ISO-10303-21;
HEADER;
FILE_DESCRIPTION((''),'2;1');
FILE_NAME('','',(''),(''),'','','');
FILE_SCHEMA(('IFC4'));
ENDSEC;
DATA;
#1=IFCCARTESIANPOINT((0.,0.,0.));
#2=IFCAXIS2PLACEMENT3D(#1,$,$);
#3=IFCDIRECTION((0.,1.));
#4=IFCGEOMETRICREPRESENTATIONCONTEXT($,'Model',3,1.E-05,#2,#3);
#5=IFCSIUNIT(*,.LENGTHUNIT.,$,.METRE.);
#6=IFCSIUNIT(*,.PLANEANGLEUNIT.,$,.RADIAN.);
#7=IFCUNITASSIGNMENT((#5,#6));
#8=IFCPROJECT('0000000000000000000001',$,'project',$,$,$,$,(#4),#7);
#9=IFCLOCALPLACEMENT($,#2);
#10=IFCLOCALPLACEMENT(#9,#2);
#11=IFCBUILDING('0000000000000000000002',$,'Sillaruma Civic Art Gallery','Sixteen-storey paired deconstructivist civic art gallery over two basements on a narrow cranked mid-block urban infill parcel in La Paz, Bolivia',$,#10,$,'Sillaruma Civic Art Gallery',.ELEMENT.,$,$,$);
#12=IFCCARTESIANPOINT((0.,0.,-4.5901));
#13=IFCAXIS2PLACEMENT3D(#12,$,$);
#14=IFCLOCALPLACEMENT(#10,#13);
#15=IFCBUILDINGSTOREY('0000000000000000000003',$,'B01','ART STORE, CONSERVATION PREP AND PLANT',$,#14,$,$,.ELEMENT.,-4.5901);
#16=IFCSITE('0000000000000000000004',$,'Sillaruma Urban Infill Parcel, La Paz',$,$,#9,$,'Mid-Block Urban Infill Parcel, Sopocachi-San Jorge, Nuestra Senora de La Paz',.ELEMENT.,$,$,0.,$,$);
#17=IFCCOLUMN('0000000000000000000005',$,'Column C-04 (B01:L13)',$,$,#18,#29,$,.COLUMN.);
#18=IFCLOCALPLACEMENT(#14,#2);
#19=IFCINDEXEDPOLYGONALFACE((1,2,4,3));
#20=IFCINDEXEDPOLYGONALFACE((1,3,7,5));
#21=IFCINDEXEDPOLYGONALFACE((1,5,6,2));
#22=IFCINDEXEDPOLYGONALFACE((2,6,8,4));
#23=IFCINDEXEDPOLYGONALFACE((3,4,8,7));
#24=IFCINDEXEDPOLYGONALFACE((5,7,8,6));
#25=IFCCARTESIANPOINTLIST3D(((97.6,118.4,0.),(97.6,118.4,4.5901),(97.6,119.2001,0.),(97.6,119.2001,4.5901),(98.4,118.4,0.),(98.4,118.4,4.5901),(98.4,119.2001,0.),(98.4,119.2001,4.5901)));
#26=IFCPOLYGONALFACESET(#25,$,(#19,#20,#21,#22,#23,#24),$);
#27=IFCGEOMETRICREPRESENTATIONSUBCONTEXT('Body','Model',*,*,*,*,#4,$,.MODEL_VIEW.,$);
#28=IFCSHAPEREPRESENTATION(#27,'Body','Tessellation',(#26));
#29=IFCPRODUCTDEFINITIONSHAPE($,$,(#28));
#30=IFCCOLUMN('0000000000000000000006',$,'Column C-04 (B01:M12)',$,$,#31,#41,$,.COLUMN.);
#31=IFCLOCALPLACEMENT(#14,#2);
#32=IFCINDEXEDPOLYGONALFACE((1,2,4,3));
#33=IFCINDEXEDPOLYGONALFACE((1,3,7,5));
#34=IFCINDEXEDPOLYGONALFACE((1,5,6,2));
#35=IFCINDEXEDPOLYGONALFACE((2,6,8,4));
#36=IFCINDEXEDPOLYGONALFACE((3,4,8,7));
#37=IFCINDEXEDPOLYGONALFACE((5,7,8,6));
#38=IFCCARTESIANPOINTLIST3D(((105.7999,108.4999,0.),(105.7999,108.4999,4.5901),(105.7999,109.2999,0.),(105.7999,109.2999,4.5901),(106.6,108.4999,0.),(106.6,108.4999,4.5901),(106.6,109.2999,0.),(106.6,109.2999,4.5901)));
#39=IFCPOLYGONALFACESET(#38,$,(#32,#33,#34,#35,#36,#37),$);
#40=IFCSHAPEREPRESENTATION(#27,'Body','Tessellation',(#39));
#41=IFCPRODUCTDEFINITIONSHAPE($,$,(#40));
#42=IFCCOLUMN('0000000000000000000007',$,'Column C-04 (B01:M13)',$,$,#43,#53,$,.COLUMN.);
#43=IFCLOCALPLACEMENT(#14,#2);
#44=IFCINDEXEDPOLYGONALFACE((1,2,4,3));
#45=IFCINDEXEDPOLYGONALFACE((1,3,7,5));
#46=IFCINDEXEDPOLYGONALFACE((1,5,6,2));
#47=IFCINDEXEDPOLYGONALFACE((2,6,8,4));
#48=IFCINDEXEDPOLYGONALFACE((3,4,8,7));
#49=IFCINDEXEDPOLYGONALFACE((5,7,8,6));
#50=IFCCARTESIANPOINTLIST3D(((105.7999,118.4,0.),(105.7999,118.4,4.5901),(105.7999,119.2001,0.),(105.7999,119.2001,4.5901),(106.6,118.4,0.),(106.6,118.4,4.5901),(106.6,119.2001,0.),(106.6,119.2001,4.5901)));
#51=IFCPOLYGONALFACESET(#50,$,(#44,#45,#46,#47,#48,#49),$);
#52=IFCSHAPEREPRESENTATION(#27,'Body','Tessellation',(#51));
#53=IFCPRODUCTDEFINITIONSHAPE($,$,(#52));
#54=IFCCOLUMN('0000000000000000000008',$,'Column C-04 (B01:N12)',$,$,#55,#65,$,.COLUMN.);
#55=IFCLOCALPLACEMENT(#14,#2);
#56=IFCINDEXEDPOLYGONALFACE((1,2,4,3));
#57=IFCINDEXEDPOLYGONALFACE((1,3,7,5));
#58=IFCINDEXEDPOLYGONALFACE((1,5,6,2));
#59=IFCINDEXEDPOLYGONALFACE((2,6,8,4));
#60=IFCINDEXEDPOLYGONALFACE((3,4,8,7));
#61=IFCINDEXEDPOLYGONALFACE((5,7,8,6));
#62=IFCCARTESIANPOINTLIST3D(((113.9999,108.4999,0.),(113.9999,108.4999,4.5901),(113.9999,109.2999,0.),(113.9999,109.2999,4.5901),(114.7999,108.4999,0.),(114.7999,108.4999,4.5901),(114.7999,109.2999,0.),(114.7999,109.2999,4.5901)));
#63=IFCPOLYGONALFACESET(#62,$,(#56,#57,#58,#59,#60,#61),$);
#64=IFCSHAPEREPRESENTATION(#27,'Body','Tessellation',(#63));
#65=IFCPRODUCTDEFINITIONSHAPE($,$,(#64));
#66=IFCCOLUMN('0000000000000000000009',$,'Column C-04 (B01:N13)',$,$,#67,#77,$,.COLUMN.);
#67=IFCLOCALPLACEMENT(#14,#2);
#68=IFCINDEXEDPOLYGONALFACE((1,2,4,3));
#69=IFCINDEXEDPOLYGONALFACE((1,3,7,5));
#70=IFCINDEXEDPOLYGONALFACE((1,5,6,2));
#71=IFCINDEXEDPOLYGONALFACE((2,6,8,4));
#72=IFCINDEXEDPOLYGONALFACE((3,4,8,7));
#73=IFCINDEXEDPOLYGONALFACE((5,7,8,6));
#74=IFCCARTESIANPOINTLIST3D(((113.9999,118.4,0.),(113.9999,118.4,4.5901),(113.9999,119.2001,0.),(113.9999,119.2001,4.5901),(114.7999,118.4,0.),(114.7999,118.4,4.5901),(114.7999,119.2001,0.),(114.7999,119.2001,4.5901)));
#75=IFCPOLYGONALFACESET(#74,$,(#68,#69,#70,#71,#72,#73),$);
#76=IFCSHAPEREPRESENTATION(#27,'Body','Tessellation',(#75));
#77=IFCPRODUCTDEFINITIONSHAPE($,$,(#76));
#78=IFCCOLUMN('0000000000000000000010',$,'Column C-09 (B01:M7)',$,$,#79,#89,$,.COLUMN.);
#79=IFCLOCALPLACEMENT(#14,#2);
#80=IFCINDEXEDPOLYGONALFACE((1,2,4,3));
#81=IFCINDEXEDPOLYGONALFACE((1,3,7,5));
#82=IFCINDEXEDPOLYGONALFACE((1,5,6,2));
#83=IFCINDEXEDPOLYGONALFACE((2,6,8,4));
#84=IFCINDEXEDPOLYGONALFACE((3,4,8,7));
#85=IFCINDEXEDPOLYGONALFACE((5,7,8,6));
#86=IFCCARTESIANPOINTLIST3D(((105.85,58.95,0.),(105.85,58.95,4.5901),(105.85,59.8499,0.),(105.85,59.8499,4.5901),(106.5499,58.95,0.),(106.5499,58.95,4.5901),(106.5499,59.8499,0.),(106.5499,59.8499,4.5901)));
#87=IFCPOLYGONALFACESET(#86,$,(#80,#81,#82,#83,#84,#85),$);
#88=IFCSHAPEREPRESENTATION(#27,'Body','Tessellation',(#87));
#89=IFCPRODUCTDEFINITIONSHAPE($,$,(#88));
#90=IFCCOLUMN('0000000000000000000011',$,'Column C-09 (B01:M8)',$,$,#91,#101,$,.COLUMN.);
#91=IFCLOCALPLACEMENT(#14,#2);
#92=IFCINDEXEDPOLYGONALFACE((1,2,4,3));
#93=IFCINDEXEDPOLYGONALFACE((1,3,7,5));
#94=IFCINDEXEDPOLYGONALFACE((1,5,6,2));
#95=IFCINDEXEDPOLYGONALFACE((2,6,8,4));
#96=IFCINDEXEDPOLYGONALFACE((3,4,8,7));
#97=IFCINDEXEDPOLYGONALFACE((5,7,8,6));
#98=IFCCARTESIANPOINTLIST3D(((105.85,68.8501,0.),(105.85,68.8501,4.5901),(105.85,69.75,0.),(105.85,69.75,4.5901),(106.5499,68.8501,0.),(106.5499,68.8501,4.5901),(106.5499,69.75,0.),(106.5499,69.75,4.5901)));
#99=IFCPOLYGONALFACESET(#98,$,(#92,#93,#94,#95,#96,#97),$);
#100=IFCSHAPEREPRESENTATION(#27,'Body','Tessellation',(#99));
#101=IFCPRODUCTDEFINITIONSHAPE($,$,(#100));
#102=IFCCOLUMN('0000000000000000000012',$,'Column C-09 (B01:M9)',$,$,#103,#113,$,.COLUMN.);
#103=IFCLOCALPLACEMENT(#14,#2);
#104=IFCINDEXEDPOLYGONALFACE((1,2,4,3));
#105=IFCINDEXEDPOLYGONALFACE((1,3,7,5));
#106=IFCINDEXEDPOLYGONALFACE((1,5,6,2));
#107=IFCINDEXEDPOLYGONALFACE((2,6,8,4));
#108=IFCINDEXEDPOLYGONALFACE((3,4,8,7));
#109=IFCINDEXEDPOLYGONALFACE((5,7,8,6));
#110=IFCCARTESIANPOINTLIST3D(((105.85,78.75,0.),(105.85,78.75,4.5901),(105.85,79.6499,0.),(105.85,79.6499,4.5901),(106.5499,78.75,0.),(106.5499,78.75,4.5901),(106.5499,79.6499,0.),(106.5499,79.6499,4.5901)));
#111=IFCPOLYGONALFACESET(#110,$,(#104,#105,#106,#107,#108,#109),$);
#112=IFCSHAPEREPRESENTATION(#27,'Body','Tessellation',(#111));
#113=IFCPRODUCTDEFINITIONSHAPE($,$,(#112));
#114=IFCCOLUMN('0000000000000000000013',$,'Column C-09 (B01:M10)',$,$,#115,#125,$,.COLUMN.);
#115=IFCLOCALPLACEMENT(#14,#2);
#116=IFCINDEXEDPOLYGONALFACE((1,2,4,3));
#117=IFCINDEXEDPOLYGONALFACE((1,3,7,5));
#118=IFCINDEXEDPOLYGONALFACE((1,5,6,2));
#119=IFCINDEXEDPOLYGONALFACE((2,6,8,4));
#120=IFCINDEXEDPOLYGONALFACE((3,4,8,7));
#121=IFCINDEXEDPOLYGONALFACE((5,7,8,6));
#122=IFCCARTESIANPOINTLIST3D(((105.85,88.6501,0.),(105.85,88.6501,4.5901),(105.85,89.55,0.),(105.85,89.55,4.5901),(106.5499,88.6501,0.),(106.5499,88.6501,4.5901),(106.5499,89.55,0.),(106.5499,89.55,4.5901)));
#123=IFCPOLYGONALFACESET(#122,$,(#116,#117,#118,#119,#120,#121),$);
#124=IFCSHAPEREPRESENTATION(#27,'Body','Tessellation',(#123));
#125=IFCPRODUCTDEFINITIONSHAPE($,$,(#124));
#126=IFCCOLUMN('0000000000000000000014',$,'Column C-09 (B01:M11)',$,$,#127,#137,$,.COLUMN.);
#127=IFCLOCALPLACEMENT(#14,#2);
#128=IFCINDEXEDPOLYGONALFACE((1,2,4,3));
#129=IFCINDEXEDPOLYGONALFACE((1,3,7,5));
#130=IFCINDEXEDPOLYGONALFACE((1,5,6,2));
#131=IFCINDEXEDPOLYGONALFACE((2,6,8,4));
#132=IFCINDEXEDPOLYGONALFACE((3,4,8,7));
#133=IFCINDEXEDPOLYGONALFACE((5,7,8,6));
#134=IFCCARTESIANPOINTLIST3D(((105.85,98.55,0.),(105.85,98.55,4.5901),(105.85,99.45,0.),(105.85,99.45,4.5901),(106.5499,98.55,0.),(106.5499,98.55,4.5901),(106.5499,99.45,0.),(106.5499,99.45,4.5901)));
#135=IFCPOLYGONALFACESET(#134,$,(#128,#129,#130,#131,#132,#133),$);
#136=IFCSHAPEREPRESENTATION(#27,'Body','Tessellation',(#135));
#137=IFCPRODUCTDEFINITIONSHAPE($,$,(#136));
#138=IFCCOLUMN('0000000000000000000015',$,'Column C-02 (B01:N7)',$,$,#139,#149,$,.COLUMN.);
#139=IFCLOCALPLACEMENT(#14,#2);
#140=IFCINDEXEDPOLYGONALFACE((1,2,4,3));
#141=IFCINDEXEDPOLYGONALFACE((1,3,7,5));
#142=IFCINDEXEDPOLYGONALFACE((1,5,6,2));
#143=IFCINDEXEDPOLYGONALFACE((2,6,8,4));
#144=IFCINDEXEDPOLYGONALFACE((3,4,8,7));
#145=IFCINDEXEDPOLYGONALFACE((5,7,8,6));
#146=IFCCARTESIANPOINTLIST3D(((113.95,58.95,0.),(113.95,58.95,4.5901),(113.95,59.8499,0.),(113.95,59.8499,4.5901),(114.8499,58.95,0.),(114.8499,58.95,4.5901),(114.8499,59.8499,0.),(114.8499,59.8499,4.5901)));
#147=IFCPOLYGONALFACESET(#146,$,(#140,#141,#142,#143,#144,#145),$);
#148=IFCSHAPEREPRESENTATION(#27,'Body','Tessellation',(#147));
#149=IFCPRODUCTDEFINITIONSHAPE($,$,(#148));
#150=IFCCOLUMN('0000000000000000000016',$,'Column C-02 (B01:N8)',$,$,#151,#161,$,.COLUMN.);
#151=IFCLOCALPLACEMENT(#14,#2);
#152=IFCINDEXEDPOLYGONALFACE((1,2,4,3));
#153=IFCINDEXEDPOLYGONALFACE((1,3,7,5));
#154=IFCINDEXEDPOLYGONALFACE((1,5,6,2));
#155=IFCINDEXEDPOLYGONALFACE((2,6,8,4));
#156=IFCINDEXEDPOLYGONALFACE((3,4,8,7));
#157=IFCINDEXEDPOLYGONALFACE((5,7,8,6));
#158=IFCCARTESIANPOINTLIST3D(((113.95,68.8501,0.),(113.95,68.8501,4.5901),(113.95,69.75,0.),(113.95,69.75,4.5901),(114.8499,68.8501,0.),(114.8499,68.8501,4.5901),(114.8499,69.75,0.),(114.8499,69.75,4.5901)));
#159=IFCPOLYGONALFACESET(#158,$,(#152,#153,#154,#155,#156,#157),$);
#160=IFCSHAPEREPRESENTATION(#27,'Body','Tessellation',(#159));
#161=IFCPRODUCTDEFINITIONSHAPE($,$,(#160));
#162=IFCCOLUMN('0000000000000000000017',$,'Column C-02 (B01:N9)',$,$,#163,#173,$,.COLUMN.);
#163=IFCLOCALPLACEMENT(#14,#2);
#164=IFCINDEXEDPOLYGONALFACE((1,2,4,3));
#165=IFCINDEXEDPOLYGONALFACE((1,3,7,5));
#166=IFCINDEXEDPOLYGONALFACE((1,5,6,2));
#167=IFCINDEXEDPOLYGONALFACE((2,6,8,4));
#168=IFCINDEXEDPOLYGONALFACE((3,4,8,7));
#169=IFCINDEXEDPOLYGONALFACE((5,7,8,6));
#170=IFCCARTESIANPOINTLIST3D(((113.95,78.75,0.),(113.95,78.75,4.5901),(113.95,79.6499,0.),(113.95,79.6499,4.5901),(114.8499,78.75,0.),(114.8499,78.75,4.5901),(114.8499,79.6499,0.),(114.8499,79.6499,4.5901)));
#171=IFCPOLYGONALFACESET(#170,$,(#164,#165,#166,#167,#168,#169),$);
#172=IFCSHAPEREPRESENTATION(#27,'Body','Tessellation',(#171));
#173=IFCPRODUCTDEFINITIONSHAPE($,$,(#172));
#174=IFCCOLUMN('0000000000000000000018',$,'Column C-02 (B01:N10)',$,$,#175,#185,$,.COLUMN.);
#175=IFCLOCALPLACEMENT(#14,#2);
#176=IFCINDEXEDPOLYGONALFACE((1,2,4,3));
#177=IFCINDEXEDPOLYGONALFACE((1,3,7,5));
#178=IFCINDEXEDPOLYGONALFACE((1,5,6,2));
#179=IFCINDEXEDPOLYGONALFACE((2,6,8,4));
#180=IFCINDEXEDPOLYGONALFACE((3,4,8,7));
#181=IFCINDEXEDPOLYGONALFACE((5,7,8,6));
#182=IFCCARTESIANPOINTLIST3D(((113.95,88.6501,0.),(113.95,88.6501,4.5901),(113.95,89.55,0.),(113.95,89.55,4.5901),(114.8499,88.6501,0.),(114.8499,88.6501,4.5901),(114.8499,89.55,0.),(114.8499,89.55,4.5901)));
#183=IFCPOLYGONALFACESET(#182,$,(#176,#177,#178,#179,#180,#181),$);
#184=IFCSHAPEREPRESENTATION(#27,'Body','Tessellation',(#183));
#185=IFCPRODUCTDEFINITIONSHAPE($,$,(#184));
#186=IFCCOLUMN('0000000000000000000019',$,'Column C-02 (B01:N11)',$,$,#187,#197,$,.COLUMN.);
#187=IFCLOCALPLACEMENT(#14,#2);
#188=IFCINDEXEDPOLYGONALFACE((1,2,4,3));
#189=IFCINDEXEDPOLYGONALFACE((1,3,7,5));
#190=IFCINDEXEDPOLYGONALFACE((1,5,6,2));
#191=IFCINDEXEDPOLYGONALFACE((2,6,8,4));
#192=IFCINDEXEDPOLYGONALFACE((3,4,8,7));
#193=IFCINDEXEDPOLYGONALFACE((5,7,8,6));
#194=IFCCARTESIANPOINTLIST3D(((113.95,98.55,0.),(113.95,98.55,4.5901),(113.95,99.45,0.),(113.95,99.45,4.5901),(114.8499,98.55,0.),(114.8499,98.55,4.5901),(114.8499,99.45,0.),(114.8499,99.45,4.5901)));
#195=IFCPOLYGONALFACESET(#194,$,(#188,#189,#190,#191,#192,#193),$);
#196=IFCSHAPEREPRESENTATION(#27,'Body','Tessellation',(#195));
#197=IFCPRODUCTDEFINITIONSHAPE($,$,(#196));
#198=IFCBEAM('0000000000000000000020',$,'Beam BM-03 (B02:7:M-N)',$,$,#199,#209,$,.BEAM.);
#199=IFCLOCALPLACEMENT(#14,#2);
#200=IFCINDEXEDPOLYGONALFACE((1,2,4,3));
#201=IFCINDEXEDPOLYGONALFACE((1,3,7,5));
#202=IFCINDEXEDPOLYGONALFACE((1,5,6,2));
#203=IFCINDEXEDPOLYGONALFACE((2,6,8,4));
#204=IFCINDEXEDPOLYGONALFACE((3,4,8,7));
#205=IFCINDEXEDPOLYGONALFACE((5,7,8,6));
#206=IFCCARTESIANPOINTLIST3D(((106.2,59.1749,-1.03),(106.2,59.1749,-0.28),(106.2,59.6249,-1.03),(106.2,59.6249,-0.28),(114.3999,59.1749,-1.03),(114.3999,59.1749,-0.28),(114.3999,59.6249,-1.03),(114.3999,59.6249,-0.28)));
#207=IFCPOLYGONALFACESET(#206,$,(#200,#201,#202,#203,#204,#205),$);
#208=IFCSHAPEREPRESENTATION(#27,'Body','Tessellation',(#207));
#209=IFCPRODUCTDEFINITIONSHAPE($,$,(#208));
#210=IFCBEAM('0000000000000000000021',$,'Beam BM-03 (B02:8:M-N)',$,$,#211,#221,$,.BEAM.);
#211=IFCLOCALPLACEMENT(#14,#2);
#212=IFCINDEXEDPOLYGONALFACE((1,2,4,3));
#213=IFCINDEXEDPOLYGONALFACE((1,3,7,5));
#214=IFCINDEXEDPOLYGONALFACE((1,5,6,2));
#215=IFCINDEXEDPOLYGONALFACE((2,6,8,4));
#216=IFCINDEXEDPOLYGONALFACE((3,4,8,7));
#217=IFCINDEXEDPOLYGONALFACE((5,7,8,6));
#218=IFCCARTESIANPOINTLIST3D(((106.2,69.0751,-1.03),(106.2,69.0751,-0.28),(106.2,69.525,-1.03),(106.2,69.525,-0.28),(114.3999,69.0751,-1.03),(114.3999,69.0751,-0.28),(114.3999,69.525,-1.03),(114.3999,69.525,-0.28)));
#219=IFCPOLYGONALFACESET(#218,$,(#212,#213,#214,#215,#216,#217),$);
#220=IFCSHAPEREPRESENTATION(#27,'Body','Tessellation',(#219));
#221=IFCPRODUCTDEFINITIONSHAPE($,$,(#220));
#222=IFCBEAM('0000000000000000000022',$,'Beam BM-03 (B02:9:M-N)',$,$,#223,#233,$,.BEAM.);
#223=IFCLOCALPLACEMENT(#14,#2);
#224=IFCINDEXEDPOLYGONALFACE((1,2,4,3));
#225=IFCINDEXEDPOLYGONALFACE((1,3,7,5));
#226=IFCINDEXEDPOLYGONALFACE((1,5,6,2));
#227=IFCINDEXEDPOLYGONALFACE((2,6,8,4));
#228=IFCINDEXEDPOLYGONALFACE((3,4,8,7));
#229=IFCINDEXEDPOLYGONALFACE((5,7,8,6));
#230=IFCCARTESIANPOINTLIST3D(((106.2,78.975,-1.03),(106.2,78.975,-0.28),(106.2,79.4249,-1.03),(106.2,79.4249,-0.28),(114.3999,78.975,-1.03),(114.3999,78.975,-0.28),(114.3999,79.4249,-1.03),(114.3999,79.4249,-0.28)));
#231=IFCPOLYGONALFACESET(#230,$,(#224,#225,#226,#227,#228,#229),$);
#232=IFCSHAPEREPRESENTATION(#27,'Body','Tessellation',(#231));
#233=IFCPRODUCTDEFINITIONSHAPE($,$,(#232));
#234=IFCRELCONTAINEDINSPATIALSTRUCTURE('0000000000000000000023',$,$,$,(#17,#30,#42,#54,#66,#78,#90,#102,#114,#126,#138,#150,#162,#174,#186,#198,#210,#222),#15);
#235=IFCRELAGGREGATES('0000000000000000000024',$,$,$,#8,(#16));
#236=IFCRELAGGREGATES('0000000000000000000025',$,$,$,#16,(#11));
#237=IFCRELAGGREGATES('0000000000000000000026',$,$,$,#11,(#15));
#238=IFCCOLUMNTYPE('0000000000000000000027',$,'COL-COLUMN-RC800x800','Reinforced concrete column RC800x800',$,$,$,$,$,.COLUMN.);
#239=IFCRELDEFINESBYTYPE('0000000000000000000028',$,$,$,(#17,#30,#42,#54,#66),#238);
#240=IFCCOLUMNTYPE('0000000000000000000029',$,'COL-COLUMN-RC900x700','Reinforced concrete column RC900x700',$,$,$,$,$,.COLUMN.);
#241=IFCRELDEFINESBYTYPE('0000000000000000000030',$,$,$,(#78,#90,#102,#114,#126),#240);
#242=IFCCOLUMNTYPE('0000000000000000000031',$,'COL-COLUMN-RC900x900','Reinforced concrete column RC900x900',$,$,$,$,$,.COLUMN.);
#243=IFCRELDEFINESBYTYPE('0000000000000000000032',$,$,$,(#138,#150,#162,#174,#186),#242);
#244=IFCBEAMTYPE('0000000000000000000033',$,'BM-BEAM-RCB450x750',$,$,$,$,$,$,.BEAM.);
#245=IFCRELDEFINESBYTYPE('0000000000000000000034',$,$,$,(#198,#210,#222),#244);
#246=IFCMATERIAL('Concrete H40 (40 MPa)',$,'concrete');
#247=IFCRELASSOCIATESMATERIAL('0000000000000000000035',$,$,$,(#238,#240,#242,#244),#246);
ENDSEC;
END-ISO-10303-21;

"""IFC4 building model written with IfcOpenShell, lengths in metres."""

from ifc_helpers import new_model, si_unit, direction, frame, origin, origin_2d, place, context, subcontext, project, spatial, rectangle, extrude, material, material_profile, profile_set, type_object, element, save


model = new_model("IFC4")

# Units and contexts
model_context = context("Model", 3, precision=1e-05, world=origin(), true_north=direction((0.0, 1.0)))
body_context = subcontext(model_context, "Body", "Model", "MODEL_VIEW")
ifc_project = project(units=[si_unit("LENGTHUNIT", "METRE"), si_unit("PLANEANGLEUNIT", "RADIAN")], contexts=[model_context])

# Site, building, storey
site_placement = place(None, origin())
site = spatial("IfcSite", under=ifc_project, at=site_placement, Name="Sillaruma Urban Infill Parcel, La Paz", LongName="Mid-Block Urban Infill Parcel, Sopocachi-San Jorge, Nuestra Senora de La Paz", CompositionType="ELEMENT", RefElevation=0.0)
building_placement = place(site_placement, origin())
building = spatial("IfcBuilding", under=site, at=building_placement, Name="Sillaruma Civic Art Gallery", Description="Sixteen-storey paired deconstructivist civic art gallery over two basements on a narrow cranked mid-block urban infill parcel in La Paz, Bolivia", LongName="Sillaruma Civic Art Gallery", CompositionType="ELEMENT")
storey_placement = place(building_placement, frame((0.0, 0.0, -4.5901)))
storey = spatial("IfcBuildingStorey", under=building, at=storey_placement, Name="B01", Description="ART STORE, CONSERVATION PREP AND PLANT", CompositionType="ELEMENT", Elevation=-4.5901)

# Columns
ifc_material_1 = material(Name="Concrete H40 (40 MPa)", Category="concrete")
ifc_material_profile_1 = material_profile(ifc_material_1, rectangle(XDim=0.8, YDim=0.8, at=origin_2d()), Name="RC800x800")
ifc_profile_set_1 = profile_set([ifc_material_profile_1], Name="Concrete H40 (40 MPa)")
column_type_1 = type_object("IfcColumnType", Name="COL-COLUMN-RC800x800", Description="Reinforced concrete column RC800x800", PredefinedType="COLUMN", material=ifc_profile_set_1)
for number, where, z_axis, x_axis, name in (
    (1, (98.0, 118.8, 0.0), (0.0, 0.0, 1.0), (1.0, 0.0, 0.0), "Column C-04 (B01:L13)"),
    (2, (106.2, 108.8999, 0.0), (0.0, 0.0, 1.0), (1.0, 0.0, 0.0), "Column C-04 (B01:M12)"),
    (3, (106.2, 118.8, 0.0), (0.0, 0.0, 1.0), (1.0, 0.0, 0.0), "Column C-04 (B01:M13)"),
    (4, (114.3999, 108.8999, 0.0), (0.0, 0.0, 1.0), (1.0, 0.0, 0.0), "Column C-04 (B01:N12)"),
    (5, (114.3999, 118.8, 0.0), (0.0, 0.0, 1.0), (1.0, 0.0, 0.0), "Column C-04 (B01:N13)"),
):
    element("IfcColumn", number, at=place(storey_placement, frame(where, z_axis=z_axis, x_axis=x_axis)), inside=storey, type_object=column_type_1, Name=name, PredefinedType="COLUMN", context=body_context, shape_type="SweptSolid", body=[
        extrude(rectangle(XDim=0.8, YDim=0.8, at=origin_2d()), origin(), (0.0, 0.0, 1.0), 4.5901),
    ])
ifc_material_profile_2 = material_profile(ifc_material_1, rectangle(XDim=0.7, YDim=0.8999, at=origin_2d()), Name="RC900x700")
ifc_profile_set_2 = profile_set([ifc_material_profile_2], Name="Concrete H40 (40 MPa)")
column_type_2 = type_object("IfcColumnType", Name="COL-COLUMN-RC900x700", Description="Reinforced concrete column RC900x700", PredefinedType="COLUMN", material=ifc_profile_set_2)
for number, where, z_axis, x_axis, name in (
    (6, (106.2, 59.3999, 0.0), (0.0, 0.0, 1.0), (1.0, 0.0, 0.0), "Column C-09 (B01:M7)"),
    (7, (106.2, 69.3, 0.0), (0.0, 0.0, 1.0), (1.0, 0.0, 0.0), "Column C-09 (B01:M8)"),
    (8, (106.2, 79.2, 0.0), (0.0, 0.0, 1.0), (1.0, 0.0, 0.0), "Column C-09 (B01:M9)"),
    (9, (106.2, 89.1001, 0.0), (0.0, 0.0, 1.0), (1.0, 0.0, 0.0), "Column C-09 (B01:M10)"),
    (10, (106.2, 99.0, 0.0), (0.0, 0.0, 1.0), (1.0, 0.0, 0.0), "Column C-09 (B01:M11)"),
):
    element("IfcColumn", number, at=place(storey_placement, frame(where, z_axis=z_axis, x_axis=x_axis)), inside=storey, type_object=column_type_2, Name=name, PredefinedType="COLUMN", context=body_context, shape_type="SweptSolid", body=[
        extrude(rectangle(XDim=0.7, YDim=0.8999, at=origin_2d()), origin(), (0.0, 0.0, 1.0), 4.5901),
    ])
ifc_material_profile_3 = material_profile(ifc_material_1, rectangle(XDim=0.8999, YDim=0.8999, at=origin_2d()), Name="RC900x900")
ifc_profile_set_3 = profile_set([ifc_material_profile_3], Name="Concrete H40 (40 MPa)")
column_type_3 = type_object("IfcColumnType", Name="COL-COLUMN-RC900x900", Description="Reinforced concrete column RC900x900", PredefinedType="COLUMN", material=ifc_profile_set_3)
for number, where, z_axis, x_axis, name in (
    (11, (114.3999, 59.3999, 0.0), (0.0, 0.0, 1.0), (1.0, 0.0, 0.0), "Column C-02 (B01:N7)"),
    (12, (114.3999, 69.3, 0.0), (0.0, 0.0, 1.0), (1.0, 0.0, 0.0), "Column C-02 (B01:N8)"),
    (13, (114.3999, 79.2, 0.0), (0.0, 0.0, 1.0), (1.0, 0.0, 0.0), "Column C-02 (B01:N9)"),
    (14, (114.3999, 89.1001, 0.0), (0.0, 0.0, 1.0), (1.0, 0.0, 0.0), "Column C-02 (B01:N10)"),
    (15, (114.3999, 99.0, 0.0), (0.0, 0.0, 1.0), (1.0, 0.0, 0.0), "Column C-02 (B01:N11)"),
):
    element("IfcColumn", number, at=place(storey_placement, frame(where, z_axis=z_axis, x_axis=x_axis)), inside=storey, type_object=column_type_3, Name=name, PredefinedType="COLUMN", context=body_context, shape_type="SweptSolid", body=[
        extrude(rectangle(XDim=0.8999, YDim=0.8999, at=origin_2d()), origin(), (0.0, 0.0, 1.0), 4.5901),
    ])

# Beams
ifc_material_profile_4 = material_profile(ifc_material_1, rectangle(XDim=0.45, YDim=0.75, at=origin_2d()), Name="RCB450x750")
ifc_profile_set_4 = profile_set([ifc_material_profile_4], Name="Concrete H40 (40 MPa)")
beam_type_1 = type_object("IfcBeamType", Name="BM-BEAM-RCB450x750", PredefinedType="BEAM", material=ifc_profile_set_4)
for number, where, z_axis, x_axis, name in (
    (16, (106.2, 59.3999, -0.655), (1.0, 0.0, 0.0), (0.0, 1.0, 0.0), "Beam BM-03 (B02:7:M-N)"),
    (17, (106.2, 69.3, -0.655), (1.0, 0.0, 0.0), (0.0, 1.0, 0.0), "Beam BM-03 (B02:8:M-N)"),
    (18, (106.2, 79.2, -0.655), (1.0, 0.0, 0.0), (0.0, 1.0, 0.0), "Beam BM-03 (B02:9:M-N)"),
):
    element("IfcBeam", number, at=place(storey_placement, frame(where, z_axis=z_axis, x_axis=x_axis)), inside=storey, type_object=beam_type_1, Name=name, PredefinedType="BEAM", context=body_context, shape_type="SweptSolid", body=[
        extrude(rectangle(XDim=0.45, YDim=0.75, at=origin_2d()), origin(), (0.0, 0.0, 1.0), 8.2),
    ])

save(model, "model.ifc")
